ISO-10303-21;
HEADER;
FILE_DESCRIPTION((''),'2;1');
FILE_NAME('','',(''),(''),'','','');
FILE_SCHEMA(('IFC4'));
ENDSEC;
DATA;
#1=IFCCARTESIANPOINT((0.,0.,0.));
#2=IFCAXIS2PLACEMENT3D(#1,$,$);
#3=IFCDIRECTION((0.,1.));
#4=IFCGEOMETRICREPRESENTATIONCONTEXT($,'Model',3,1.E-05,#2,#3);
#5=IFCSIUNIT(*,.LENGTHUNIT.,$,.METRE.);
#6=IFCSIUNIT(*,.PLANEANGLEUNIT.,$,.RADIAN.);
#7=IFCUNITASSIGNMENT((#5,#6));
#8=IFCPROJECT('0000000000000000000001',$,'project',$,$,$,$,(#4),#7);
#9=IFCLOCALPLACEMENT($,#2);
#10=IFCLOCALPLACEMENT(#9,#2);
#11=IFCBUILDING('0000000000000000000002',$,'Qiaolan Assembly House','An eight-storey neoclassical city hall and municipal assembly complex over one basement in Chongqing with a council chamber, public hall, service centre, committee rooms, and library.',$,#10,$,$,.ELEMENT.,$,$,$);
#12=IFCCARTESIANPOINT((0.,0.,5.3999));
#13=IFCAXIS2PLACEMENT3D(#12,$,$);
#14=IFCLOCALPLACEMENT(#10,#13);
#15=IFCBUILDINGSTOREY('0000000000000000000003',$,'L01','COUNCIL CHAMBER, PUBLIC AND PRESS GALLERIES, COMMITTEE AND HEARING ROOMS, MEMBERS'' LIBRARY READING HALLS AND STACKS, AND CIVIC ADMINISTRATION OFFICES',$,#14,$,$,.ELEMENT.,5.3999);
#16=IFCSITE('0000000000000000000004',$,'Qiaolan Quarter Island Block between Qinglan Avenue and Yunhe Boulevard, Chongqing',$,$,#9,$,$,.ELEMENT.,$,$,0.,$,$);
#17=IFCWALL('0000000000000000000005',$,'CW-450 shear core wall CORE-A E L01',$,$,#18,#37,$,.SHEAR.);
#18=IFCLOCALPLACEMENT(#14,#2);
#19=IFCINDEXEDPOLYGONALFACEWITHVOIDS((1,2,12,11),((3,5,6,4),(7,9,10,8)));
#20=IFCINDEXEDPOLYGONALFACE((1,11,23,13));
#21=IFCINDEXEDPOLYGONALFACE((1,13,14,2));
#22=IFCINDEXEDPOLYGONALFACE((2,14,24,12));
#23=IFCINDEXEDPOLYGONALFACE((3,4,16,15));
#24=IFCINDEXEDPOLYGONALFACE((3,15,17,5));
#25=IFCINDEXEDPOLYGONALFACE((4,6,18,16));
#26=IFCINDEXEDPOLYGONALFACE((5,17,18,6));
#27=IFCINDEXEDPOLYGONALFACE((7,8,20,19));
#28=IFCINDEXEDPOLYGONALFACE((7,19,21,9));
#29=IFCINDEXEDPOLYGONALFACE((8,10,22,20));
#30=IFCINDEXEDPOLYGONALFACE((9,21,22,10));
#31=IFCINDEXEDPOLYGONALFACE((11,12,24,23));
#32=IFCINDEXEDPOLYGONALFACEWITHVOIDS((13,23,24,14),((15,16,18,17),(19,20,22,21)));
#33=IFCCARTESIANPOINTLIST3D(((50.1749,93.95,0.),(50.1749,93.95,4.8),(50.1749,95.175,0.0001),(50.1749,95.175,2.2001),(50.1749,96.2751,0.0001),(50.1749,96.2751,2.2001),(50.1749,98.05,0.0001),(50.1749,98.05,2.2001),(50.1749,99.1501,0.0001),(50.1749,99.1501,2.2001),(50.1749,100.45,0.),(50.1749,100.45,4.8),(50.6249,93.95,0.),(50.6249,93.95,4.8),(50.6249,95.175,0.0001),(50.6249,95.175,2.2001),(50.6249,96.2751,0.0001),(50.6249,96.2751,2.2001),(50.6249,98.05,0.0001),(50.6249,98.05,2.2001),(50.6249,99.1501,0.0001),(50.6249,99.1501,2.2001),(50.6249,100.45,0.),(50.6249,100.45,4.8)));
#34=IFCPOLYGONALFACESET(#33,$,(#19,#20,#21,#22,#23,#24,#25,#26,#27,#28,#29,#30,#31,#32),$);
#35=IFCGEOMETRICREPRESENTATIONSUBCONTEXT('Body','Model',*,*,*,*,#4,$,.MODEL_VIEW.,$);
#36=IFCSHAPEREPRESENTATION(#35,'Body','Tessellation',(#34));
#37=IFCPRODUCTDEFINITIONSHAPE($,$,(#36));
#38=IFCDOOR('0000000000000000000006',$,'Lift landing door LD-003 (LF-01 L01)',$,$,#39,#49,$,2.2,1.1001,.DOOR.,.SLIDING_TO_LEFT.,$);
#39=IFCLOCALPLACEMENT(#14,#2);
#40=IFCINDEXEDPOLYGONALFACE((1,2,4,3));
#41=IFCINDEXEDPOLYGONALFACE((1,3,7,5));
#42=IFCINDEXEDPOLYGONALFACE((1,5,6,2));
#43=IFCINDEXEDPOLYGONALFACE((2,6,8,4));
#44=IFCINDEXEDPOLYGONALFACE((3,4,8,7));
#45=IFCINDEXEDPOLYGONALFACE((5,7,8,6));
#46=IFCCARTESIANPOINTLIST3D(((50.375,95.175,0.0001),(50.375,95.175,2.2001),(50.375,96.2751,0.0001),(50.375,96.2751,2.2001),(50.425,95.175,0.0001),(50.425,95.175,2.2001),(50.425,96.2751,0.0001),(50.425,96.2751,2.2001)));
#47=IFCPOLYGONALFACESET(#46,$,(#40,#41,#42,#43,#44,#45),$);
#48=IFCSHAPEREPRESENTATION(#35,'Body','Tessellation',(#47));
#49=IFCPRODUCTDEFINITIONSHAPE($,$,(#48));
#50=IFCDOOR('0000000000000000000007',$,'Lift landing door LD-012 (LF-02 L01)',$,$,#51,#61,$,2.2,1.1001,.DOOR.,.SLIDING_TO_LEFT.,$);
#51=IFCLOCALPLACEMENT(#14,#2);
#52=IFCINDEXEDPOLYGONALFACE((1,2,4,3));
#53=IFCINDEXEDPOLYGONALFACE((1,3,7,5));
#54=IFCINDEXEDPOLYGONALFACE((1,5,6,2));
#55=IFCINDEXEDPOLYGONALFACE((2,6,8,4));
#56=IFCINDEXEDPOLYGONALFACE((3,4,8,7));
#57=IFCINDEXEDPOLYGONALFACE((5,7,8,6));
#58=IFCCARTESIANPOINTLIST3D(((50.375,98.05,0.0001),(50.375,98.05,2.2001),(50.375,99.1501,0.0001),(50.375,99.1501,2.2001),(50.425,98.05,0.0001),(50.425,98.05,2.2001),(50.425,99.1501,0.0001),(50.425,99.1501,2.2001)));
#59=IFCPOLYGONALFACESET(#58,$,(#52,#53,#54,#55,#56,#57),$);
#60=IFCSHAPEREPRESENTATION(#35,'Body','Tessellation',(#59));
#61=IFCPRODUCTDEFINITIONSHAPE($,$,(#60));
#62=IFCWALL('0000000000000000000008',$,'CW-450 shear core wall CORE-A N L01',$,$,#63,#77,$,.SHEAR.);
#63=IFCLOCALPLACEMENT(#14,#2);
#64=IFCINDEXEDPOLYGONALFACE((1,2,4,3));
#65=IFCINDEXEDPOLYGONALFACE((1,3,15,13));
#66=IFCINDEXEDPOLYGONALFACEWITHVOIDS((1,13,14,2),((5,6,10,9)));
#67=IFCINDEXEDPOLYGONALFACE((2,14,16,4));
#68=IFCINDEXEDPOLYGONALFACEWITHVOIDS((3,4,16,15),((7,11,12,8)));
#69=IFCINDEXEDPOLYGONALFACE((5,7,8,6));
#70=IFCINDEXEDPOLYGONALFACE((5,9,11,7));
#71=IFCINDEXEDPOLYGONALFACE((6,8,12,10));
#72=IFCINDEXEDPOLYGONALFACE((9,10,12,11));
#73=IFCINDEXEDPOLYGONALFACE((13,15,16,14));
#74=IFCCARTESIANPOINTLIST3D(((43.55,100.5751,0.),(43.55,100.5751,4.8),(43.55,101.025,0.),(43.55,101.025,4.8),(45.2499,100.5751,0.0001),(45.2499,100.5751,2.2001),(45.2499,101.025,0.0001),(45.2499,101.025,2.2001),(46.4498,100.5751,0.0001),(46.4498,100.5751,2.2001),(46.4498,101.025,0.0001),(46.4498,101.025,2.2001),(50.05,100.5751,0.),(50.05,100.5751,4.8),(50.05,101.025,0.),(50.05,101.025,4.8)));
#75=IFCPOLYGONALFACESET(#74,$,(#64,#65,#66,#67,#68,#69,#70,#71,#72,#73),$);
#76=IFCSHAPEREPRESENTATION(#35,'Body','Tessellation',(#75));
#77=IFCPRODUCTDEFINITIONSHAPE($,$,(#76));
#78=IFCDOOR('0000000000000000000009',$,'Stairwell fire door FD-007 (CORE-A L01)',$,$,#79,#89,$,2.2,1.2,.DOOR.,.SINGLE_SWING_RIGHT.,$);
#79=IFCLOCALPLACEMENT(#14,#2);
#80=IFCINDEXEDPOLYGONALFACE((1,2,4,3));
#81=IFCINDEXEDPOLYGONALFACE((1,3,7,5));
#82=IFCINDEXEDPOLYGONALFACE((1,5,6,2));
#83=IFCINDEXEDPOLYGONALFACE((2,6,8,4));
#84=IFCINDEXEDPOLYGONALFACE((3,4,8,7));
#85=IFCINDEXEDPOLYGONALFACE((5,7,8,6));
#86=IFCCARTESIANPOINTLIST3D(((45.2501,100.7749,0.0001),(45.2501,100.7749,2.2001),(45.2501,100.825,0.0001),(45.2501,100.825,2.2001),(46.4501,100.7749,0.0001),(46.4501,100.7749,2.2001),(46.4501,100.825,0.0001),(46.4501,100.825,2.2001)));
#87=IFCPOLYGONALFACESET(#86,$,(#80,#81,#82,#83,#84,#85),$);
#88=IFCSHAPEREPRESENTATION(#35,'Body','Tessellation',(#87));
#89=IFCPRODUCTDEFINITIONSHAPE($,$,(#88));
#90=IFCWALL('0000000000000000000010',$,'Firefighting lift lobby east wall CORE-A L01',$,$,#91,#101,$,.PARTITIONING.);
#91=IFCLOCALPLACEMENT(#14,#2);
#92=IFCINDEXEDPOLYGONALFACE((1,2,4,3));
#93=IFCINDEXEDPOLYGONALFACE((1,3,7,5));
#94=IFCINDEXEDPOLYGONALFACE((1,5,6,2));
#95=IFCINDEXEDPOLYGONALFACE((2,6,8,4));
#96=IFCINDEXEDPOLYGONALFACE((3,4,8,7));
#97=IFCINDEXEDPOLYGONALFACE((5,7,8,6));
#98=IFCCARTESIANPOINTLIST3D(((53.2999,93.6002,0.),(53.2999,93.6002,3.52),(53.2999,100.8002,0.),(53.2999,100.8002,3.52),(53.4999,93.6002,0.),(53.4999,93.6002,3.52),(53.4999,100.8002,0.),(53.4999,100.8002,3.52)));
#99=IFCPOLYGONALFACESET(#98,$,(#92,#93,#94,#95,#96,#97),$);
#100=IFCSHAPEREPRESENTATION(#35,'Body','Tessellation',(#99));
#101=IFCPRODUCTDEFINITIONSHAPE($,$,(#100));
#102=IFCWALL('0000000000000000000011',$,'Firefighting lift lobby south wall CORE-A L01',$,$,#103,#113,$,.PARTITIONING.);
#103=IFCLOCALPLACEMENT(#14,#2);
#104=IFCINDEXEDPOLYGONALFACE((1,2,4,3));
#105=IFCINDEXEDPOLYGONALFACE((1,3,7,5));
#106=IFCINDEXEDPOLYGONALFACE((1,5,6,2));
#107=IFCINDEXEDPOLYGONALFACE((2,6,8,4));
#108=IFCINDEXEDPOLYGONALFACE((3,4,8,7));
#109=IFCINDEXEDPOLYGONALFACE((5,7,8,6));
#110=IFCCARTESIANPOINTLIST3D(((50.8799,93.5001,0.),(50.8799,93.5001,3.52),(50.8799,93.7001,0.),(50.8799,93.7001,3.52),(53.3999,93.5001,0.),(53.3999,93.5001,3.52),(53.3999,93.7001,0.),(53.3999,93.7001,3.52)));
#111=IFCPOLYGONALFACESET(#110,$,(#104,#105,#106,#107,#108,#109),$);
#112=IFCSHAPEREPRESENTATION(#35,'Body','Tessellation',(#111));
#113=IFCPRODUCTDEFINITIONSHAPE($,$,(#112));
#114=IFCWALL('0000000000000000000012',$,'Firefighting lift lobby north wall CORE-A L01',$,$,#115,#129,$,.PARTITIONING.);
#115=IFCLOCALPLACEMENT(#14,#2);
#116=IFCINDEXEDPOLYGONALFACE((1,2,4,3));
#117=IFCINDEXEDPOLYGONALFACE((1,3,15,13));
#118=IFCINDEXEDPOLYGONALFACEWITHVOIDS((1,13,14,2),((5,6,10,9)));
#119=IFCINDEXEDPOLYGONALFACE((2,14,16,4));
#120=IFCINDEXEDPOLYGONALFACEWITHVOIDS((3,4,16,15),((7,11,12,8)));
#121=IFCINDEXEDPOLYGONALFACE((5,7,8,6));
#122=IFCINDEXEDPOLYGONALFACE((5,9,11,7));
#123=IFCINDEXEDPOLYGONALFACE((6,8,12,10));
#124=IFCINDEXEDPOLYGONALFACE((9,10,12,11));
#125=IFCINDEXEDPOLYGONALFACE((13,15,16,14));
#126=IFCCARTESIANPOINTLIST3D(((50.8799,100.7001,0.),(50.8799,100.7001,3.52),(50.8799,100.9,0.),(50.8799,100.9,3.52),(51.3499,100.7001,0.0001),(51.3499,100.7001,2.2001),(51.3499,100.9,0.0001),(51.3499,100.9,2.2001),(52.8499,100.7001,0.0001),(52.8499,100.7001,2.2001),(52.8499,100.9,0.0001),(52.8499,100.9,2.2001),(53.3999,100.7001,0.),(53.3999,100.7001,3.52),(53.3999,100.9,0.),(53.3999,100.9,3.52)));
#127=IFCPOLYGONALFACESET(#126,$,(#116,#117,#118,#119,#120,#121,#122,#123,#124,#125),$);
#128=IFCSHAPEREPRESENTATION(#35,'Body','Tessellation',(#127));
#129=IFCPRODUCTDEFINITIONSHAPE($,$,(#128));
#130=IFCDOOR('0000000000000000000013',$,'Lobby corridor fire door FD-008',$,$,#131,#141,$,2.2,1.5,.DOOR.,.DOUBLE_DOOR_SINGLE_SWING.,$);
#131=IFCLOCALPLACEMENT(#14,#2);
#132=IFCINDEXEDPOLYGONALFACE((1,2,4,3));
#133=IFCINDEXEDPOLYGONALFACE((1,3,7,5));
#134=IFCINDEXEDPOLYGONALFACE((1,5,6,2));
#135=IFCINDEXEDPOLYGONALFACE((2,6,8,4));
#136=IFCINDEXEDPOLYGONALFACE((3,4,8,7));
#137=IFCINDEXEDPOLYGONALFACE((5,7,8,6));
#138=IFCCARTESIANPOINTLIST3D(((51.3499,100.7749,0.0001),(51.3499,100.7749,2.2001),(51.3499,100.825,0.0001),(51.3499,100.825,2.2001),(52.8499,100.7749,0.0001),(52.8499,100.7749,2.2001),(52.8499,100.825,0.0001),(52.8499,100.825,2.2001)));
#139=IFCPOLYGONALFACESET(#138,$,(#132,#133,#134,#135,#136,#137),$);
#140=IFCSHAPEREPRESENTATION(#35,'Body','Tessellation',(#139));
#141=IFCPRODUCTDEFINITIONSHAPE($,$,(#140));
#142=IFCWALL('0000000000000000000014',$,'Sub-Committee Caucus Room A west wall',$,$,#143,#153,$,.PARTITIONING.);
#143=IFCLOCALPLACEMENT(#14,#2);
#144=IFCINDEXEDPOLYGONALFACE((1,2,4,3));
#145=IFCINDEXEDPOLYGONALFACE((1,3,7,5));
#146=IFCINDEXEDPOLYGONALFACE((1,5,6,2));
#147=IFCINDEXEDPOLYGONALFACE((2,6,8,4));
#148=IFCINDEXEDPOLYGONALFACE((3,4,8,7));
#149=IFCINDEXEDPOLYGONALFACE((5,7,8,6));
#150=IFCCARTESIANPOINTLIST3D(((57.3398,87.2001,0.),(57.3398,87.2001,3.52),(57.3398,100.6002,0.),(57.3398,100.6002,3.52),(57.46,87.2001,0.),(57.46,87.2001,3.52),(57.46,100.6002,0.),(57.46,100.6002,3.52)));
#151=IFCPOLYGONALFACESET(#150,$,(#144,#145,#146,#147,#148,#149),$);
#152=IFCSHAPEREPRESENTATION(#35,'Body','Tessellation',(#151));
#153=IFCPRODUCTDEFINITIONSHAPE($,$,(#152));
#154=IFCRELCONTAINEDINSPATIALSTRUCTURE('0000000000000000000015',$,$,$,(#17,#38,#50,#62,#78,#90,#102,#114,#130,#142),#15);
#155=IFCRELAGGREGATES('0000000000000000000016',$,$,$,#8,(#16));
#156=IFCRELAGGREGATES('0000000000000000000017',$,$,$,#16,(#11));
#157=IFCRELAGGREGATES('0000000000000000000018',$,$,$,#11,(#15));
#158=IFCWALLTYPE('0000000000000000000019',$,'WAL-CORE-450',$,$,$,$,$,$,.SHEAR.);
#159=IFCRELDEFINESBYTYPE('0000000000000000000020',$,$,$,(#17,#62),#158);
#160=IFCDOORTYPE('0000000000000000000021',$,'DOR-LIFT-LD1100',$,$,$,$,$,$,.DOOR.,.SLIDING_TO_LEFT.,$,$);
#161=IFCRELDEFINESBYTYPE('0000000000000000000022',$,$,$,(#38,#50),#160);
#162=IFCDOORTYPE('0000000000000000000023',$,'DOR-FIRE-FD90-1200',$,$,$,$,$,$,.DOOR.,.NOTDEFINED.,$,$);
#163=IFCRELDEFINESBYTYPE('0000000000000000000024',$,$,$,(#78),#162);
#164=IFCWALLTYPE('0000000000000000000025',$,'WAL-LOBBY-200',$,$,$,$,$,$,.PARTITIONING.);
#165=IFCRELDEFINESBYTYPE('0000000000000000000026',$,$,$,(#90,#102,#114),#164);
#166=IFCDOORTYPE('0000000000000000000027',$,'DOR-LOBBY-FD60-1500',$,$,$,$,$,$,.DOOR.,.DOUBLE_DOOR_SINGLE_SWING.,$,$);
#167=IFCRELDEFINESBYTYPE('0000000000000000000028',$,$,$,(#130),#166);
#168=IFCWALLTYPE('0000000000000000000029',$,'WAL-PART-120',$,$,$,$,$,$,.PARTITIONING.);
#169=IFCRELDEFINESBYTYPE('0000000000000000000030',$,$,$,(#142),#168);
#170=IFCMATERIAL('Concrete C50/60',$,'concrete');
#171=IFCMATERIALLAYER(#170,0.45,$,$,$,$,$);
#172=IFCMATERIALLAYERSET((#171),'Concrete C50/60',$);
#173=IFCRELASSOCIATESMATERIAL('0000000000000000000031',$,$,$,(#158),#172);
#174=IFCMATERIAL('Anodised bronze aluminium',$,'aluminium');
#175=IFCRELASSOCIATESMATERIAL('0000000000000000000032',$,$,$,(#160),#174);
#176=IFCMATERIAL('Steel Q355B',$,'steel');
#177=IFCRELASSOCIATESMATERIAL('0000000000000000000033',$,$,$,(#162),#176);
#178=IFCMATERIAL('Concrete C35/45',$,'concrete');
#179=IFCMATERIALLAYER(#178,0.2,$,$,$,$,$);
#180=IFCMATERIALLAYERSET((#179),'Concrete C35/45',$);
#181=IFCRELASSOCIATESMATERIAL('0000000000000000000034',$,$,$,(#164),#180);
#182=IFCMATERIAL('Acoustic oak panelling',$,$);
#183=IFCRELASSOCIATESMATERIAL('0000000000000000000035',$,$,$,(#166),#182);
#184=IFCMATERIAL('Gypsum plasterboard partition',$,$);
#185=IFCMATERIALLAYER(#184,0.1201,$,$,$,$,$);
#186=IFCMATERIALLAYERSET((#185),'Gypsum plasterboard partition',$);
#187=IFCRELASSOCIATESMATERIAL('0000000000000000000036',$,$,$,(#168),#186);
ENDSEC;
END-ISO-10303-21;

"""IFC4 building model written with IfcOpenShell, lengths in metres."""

from ifc_helpers import new_model, si_unit, direction, frame, frame_2d, origin, place, context, subcontext, project, spatial, rectangle, extrude, material, layer, layer_set, type_object, element, fill, save


model = new_model("IFC4")

# Units and contexts
model_context = context("Model", 3, precision=1e-05, world=origin(), true_north=direction((0.0, 1.0)))
body_context = subcontext(model_context, "Body", "Model", "MODEL_VIEW")
ifc_project = project(units=[si_unit("LENGTHUNIT", "METRE"), si_unit("PLANEANGLEUNIT", "RADIAN")], contexts=[model_context])

# Site, building, storey
site_placement = place(None, origin())
site = spatial("IfcSite", under=ifc_project, at=site_placement, Name="Qiaolan Quarter Island Block between Qinglan Avenue and Yunhe Boulevard, Chongqing", CompositionType="ELEMENT", RefElevation=0.0)
building_placement = place(site_placement, origin())
building = spatial("IfcBuilding", under=site, at=building_placement, Name="Qiaolan Assembly House", Description="An eight-storey neoclassical city hall and municipal assembly complex over one basement in Chongqing with a council chamber, public hall, service centre, committee rooms, and library.", CompositionType="ELEMENT")
storey_placement = place(building_placement, frame((0.0, 0.0, 5.3999)))
storey = spatial("IfcBuildingStorey", under=building, at=storey_placement, Name="L01", Description="COUNCIL CHAMBER, PUBLIC AND PRESS GALLERIES, COMMITTEE AND HEARING ROOMS, MEMBERS' LIBRARY READING HALLS AND STACKS, AND CIVIC ADMINISTRATION OFFICES", CompositionType="ELEMENT", Elevation=5.3999)

# Shared definitions
ifc_material_1 = material(Name="Concrete C50/60", Category="concrete")

# Wall, openings, doors
ifc_layer_1 = layer(ifc_material_1, 0.45)
ifc_layer_set_1 = layer_set([ifc_layer_1], Name="Concrete C50/60")
wall_type_1 = type_object("IfcWallType", Name="WAL-CORE-450", PredefinedType="SHEAR", material=ifc_layer_set_1)
wall_1_placement = place(storey_placement, frame((50.3999, 93.95, 0.0), z_axis=(0.0, 0.0, 1.0), x_axis=(0.0, 1.0, 0.0)))
wall_1 = element("IfcWall", 1, at=wall_1_placement, inside=storey, type_object=wall_type_1, Name="CW-450 shear core wall CORE-A E L01", PredefinedType="SHEAR", context=body_context, shape_type="SweptSolid", body=[
    extrude(rectangle(XDim=6.5, YDim=0.45, at=frame_2d((3.25, 0.0))), origin(), (0.0, 0.0, 1.0), 4.8),
])
opening_1_placement = place(wall_1_placement, frame((1.2251, 0.0, 0.0)))
opening_1 = element("IfcOpeningElement", 2, at=opening_1_placement, cuts=wall_1, PredefinedType="OPENING", context=body_context, shape_type="SweptSolid", body=[
    extrude(rectangle(XDim=1.1001, YDim=2.2, at=frame_2d((0.55, 1.1001))), frame((0.0, 0.2349, 0.0), z_axis=(0.0, -1.0, 0.0), x_axis=(1.0, 0.0, 0.0)), (0.0, 0.0, 1.0), 0.47),
])
opening_2_placement = place(wall_1_placement, frame((4.1001, 0.0, 0.0)))
opening_2 = element("IfcOpeningElement", 3, at=opening_2_placement, cuts=wall_1, PredefinedType="OPENING", context=body_context, shape_type="SweptSolid", body=[
    extrude(rectangle(XDim=1.1001, YDim=2.2, at=frame_2d((0.55, 1.1001))), frame((0.0, 0.2349, 0.0), z_axis=(0.0, -1.0, 0.0), x_axis=(1.0, 0.0, 0.0)), (0.0, 0.0, 1.0), 0.47),
])
ifc_material_2 = material(Name="Anodised bronze aluminium", Category="aluminium")
door_type_1 = type_object("IfcDoorType", Name="DOR-LIFT-LD1100", OperationType="SLIDING_TO_LEFT", PredefinedType="DOOR", material=ifc_material_2)
door_1_placement = place(opening_1_placement, origin())
door_1 = element("IfcDoor", 4, at=door_1_placement, inside=storey, type_object=door_type_1, Name="Lift landing door LD-003 (LF-01 L01)", OperationType="SLIDING_TO_LEFT", OverallHeight=2.2, OverallWidth=1.1001, PredefinedType="DOOR", context=body_context, shape_type="SweptSolid", body=[
    extrude(rectangle(XDim=1.1001, YDim=2.2, at=frame_2d((0.55, 1.1001))), frame((0.0, 0.0249, 0.0), z_axis=(0.0, -1.0, 0.0), x_axis=(1.0, 0.0, 0.0)), (0.0, 0.0, 1.0), 0.05),
])
fill(opening_1, door_1)
door_2_placement = place(opening_2_placement, origin())
door_2 = element("IfcDoor", 5, at=door_2_placement, inside=storey, type_object=door_type_1, Name="Lift landing door LD-012 (LF-02 L01)", OperationType="SLIDING_TO_LEFT", OverallHeight=2.2, OverallWidth=1.1001, PredefinedType="DOOR", context=body_context, shape_type="SweptSolid", body=[
    extrude(rectangle(XDim=1.1001, YDim=2.2, at=frame_2d((0.55, 1.1001))), frame((0.0, 0.0249, 0.0), z_axis=(0.0, -1.0, 0.0), x_axis=(1.0, 0.0, 0.0)), (0.0, 0.0, 1.0), 0.05),
])
fill(opening_2, door_2)

# Wall, opening, door
wall_2_placement = place(storey_placement, frame((50.05, 100.8, 0.0), z_axis=(0.0, 0.0, 1.0), x_axis=(-1.0, 0.0, 0.0)))
wall_2 = element("IfcWall", 6, at=wall_2_placement, inside=storey, type_object=wall_type_1, Name="CW-450 shear core wall CORE-A N L01", PredefinedType="SHEAR", context=body_context, shape_type="SweptSolid", body=[
    extrude(rectangle(XDim=6.5, YDim=0.45, at=frame_2d((3.25, 0.0))), origin(), (0.0, 0.0, 1.0), 4.8),
])
opening_3_placement = place(wall_2_placement, frame((3.6001, 0.0, 0.0)))
opening_3 = element("IfcOpeningElement", 7, at=opening_3_placement, cuts=wall_2, PredefinedType="OPENING", context=body_context, shape_type="SweptSolid", body=[
    extrude(rectangle(XDim=1.2, YDim=2.2, at=frame_2d((0.6001, 1.1001))), frame((0.0, 0.2349, 0.0), z_axis=(0.0, -1.0, 0.0), x_axis=(1.0, 0.0, 0.0)), (0.0, 0.0, 1.0), 0.47),
])
ifc_material_3 = material(Name="Steel Q355B", Category="steel")
door_type_2 = type_object("IfcDoorType", Name="DOR-FIRE-FD90-1200", OperationType="NOTDEFINED", PredefinedType="DOOR", material=ifc_material_3)
door_3_placement = place(opening_3_placement, frame((1.2, 0.0, 0.0), z_axis=(0.0, 0.0, 1.0), x_axis=(-1.0, 0.0, 0.0)))
door_3 = element("IfcDoor", 8, at=door_3_placement, inside=storey, type_object=door_type_2, Name="Stairwell fire door FD-007 (CORE-A L01)", OperationType="SINGLE_SWING_RIGHT", OverallHeight=2.2, OverallWidth=1.2, PredefinedType="DOOR", context=body_context, shape_type="SweptSolid", body=[
    extrude(rectangle(XDim=1.2, YDim=2.2, at=frame_2d((0.6001, 1.1001))), frame((0.0, 0.0249, 0.0), z_axis=(0.0, -1.0, 0.0), x_axis=(1.0, 0.0, 0.0)), (0.0, 0.0, 1.0), 0.05),
])
fill(opening_3, door_3)

# Walls
ifc_material_4 = material(Name="Concrete C35/45", Category="concrete")
ifc_layer_2 = layer(ifc_material_4, 0.2)
ifc_layer_set_2 = layer_set([ifc_layer_2], Name="Concrete C35/45")
wall_type_2 = type_object("IfcWallType", Name="WAL-LOBBY-200", PredefinedType="PARTITIONING", material=ifc_layer_set_2)
wall_3_placement = place(storey_placement, frame((53.3999, 93.6001, 0.0), z_axis=(0.0, 0.0, 1.0), x_axis=(0.0, 1.0, 0.0)))
element("IfcWall", 9, at=wall_3_placement, inside=storey, type_object=wall_type_2, Name="Firefighting lift lobby east wall CORE-A L01", PredefinedType="PARTITIONING", context=body_context, shape_type="SweptSolid", body=[
    extrude(rectangle(XDim=7.2, YDim=0.2, at=frame_2d((3.6001, 0.0))), origin(), (0.0, 0.0, 1.0), 3.52),
])
wall_4_placement = place(storey_placement, frame((50.8799, 93.6001, 0.0), z_axis=(0.0, 0.0, 1.0), x_axis=(1.0, 0.0, 0.0)))
element("IfcWall", 10, at=wall_4_placement, inside=storey, type_object=wall_type_2, Name="Firefighting lift lobby south wall CORE-A L01", PredefinedType="PARTITIONING", context=body_context, shape_type="SweptSolid", body=[
    extrude(rectangle(XDim=2.52, YDim=0.2, at=frame_2d((1.26, 0.0))), origin(), (0.0, 0.0, 1.0), 3.52),
])

# Wall, opening, door
wall_5_placement = place(storey_placement, frame((53.3999, 100.8, 0.0), z_axis=(0.0, 0.0, 1.0), x_axis=(-1.0, 0.0, 0.0)))
wall_5 = element("IfcWall", 11, at=wall_5_placement, inside=storey, type_object=wall_type_2, Name="Firefighting lift lobby north wall CORE-A L01", PredefinedType="PARTITIONING", context=body_context, shape_type="SweptSolid", body=[
    extrude(rectangle(XDim=2.52, YDim=0.2, at=frame_2d((1.26, 0.0))), origin(), (0.0, 0.0, 1.0), 3.52),
])
opening_4_placement = place(wall_5_placement, frame((0.55, 0.0, 0.0)))
opening_4 = element("IfcOpeningElement", 12, at=opening_4_placement, cuts=wall_5, PredefinedType="OPENING", context=body_context, shape_type="SweptSolid", body=[
    extrude(rectangle(XDim=1.5, YDim=2.2, at=frame_2d((0.75, 1.1001))), frame((0.0, 0.1099, 0.0), z_axis=(0.0, -1.0, 0.0), x_axis=(1.0, 0.0, 0.0)), (0.0, 0.0, 1.0), 0.22),
])
ifc_material_5 = material(Name="Acoustic oak panelling")
door_type_3 = type_object("IfcDoorType", Name="DOR-LOBBY-FD60-1500", OperationType="DOUBLE_DOOR_SINGLE_SWING", PredefinedType="DOOR", material=ifc_material_5)
door_4_placement = place(opening_4_placement, frame((1.5, 0.0, 0.0), z_axis=(0.0, 0.0, 1.0), x_axis=(-1.0, 0.0, 0.0)))
door_4 = element("IfcDoor", 13, at=door_4_placement, inside=storey, type_object=door_type_3, Name="Lobby corridor fire door FD-008", OperationType="DOUBLE_DOOR_SINGLE_SWING", OverallHeight=2.2, OverallWidth=1.5, PredefinedType="DOOR", context=body_context, shape_type="SweptSolid", body=[
    extrude(rectangle(XDim=1.5, YDim=2.2, at=frame_2d((0.75, 1.1001))), frame((0.0, 0.0249, 0.0), z_axis=(0.0, -1.0, 0.0), x_axis=(1.0, 0.0, 0.0)), (0.0, 0.0, 1.0), 0.05),
])
fill(opening_4, door_4)

# Wall
ifc_material_6 = material(Name="Gypsum plasterboard partition")
ifc_layer_3 = layer(ifc_material_6, 0.1201)
ifc_layer_set_3 = layer_set([ifc_layer_3], Name="Gypsum plasterboard partition")
wall_type_3 = type_object("IfcWallType", Name="WAL-PART-120", PredefinedType="PARTITIONING", material=ifc_layer_set_3)
wall_6_placement = place(storey_placement, frame((57.3999, 87.2, 0.0), z_axis=(0.0, 0.0, 1.0), x_axis=(0.0, 1.0, 0.0)))
element("IfcWall", 14, at=wall_6_placement, inside=storey, type_object=wall_type_3, Name="Sub-Committee Caucus Room A west wall", PredefinedType="PARTITIONING", context=body_context, shape_type="SweptSolid", body=[
    extrude(rectangle(XDim=13.4001, YDim=0.1201, at=frame_2d((6.7002, 0.0))), origin(), (0.0, 0.0, 1.0), 3.52),
])

save(model, "model.ifc")
